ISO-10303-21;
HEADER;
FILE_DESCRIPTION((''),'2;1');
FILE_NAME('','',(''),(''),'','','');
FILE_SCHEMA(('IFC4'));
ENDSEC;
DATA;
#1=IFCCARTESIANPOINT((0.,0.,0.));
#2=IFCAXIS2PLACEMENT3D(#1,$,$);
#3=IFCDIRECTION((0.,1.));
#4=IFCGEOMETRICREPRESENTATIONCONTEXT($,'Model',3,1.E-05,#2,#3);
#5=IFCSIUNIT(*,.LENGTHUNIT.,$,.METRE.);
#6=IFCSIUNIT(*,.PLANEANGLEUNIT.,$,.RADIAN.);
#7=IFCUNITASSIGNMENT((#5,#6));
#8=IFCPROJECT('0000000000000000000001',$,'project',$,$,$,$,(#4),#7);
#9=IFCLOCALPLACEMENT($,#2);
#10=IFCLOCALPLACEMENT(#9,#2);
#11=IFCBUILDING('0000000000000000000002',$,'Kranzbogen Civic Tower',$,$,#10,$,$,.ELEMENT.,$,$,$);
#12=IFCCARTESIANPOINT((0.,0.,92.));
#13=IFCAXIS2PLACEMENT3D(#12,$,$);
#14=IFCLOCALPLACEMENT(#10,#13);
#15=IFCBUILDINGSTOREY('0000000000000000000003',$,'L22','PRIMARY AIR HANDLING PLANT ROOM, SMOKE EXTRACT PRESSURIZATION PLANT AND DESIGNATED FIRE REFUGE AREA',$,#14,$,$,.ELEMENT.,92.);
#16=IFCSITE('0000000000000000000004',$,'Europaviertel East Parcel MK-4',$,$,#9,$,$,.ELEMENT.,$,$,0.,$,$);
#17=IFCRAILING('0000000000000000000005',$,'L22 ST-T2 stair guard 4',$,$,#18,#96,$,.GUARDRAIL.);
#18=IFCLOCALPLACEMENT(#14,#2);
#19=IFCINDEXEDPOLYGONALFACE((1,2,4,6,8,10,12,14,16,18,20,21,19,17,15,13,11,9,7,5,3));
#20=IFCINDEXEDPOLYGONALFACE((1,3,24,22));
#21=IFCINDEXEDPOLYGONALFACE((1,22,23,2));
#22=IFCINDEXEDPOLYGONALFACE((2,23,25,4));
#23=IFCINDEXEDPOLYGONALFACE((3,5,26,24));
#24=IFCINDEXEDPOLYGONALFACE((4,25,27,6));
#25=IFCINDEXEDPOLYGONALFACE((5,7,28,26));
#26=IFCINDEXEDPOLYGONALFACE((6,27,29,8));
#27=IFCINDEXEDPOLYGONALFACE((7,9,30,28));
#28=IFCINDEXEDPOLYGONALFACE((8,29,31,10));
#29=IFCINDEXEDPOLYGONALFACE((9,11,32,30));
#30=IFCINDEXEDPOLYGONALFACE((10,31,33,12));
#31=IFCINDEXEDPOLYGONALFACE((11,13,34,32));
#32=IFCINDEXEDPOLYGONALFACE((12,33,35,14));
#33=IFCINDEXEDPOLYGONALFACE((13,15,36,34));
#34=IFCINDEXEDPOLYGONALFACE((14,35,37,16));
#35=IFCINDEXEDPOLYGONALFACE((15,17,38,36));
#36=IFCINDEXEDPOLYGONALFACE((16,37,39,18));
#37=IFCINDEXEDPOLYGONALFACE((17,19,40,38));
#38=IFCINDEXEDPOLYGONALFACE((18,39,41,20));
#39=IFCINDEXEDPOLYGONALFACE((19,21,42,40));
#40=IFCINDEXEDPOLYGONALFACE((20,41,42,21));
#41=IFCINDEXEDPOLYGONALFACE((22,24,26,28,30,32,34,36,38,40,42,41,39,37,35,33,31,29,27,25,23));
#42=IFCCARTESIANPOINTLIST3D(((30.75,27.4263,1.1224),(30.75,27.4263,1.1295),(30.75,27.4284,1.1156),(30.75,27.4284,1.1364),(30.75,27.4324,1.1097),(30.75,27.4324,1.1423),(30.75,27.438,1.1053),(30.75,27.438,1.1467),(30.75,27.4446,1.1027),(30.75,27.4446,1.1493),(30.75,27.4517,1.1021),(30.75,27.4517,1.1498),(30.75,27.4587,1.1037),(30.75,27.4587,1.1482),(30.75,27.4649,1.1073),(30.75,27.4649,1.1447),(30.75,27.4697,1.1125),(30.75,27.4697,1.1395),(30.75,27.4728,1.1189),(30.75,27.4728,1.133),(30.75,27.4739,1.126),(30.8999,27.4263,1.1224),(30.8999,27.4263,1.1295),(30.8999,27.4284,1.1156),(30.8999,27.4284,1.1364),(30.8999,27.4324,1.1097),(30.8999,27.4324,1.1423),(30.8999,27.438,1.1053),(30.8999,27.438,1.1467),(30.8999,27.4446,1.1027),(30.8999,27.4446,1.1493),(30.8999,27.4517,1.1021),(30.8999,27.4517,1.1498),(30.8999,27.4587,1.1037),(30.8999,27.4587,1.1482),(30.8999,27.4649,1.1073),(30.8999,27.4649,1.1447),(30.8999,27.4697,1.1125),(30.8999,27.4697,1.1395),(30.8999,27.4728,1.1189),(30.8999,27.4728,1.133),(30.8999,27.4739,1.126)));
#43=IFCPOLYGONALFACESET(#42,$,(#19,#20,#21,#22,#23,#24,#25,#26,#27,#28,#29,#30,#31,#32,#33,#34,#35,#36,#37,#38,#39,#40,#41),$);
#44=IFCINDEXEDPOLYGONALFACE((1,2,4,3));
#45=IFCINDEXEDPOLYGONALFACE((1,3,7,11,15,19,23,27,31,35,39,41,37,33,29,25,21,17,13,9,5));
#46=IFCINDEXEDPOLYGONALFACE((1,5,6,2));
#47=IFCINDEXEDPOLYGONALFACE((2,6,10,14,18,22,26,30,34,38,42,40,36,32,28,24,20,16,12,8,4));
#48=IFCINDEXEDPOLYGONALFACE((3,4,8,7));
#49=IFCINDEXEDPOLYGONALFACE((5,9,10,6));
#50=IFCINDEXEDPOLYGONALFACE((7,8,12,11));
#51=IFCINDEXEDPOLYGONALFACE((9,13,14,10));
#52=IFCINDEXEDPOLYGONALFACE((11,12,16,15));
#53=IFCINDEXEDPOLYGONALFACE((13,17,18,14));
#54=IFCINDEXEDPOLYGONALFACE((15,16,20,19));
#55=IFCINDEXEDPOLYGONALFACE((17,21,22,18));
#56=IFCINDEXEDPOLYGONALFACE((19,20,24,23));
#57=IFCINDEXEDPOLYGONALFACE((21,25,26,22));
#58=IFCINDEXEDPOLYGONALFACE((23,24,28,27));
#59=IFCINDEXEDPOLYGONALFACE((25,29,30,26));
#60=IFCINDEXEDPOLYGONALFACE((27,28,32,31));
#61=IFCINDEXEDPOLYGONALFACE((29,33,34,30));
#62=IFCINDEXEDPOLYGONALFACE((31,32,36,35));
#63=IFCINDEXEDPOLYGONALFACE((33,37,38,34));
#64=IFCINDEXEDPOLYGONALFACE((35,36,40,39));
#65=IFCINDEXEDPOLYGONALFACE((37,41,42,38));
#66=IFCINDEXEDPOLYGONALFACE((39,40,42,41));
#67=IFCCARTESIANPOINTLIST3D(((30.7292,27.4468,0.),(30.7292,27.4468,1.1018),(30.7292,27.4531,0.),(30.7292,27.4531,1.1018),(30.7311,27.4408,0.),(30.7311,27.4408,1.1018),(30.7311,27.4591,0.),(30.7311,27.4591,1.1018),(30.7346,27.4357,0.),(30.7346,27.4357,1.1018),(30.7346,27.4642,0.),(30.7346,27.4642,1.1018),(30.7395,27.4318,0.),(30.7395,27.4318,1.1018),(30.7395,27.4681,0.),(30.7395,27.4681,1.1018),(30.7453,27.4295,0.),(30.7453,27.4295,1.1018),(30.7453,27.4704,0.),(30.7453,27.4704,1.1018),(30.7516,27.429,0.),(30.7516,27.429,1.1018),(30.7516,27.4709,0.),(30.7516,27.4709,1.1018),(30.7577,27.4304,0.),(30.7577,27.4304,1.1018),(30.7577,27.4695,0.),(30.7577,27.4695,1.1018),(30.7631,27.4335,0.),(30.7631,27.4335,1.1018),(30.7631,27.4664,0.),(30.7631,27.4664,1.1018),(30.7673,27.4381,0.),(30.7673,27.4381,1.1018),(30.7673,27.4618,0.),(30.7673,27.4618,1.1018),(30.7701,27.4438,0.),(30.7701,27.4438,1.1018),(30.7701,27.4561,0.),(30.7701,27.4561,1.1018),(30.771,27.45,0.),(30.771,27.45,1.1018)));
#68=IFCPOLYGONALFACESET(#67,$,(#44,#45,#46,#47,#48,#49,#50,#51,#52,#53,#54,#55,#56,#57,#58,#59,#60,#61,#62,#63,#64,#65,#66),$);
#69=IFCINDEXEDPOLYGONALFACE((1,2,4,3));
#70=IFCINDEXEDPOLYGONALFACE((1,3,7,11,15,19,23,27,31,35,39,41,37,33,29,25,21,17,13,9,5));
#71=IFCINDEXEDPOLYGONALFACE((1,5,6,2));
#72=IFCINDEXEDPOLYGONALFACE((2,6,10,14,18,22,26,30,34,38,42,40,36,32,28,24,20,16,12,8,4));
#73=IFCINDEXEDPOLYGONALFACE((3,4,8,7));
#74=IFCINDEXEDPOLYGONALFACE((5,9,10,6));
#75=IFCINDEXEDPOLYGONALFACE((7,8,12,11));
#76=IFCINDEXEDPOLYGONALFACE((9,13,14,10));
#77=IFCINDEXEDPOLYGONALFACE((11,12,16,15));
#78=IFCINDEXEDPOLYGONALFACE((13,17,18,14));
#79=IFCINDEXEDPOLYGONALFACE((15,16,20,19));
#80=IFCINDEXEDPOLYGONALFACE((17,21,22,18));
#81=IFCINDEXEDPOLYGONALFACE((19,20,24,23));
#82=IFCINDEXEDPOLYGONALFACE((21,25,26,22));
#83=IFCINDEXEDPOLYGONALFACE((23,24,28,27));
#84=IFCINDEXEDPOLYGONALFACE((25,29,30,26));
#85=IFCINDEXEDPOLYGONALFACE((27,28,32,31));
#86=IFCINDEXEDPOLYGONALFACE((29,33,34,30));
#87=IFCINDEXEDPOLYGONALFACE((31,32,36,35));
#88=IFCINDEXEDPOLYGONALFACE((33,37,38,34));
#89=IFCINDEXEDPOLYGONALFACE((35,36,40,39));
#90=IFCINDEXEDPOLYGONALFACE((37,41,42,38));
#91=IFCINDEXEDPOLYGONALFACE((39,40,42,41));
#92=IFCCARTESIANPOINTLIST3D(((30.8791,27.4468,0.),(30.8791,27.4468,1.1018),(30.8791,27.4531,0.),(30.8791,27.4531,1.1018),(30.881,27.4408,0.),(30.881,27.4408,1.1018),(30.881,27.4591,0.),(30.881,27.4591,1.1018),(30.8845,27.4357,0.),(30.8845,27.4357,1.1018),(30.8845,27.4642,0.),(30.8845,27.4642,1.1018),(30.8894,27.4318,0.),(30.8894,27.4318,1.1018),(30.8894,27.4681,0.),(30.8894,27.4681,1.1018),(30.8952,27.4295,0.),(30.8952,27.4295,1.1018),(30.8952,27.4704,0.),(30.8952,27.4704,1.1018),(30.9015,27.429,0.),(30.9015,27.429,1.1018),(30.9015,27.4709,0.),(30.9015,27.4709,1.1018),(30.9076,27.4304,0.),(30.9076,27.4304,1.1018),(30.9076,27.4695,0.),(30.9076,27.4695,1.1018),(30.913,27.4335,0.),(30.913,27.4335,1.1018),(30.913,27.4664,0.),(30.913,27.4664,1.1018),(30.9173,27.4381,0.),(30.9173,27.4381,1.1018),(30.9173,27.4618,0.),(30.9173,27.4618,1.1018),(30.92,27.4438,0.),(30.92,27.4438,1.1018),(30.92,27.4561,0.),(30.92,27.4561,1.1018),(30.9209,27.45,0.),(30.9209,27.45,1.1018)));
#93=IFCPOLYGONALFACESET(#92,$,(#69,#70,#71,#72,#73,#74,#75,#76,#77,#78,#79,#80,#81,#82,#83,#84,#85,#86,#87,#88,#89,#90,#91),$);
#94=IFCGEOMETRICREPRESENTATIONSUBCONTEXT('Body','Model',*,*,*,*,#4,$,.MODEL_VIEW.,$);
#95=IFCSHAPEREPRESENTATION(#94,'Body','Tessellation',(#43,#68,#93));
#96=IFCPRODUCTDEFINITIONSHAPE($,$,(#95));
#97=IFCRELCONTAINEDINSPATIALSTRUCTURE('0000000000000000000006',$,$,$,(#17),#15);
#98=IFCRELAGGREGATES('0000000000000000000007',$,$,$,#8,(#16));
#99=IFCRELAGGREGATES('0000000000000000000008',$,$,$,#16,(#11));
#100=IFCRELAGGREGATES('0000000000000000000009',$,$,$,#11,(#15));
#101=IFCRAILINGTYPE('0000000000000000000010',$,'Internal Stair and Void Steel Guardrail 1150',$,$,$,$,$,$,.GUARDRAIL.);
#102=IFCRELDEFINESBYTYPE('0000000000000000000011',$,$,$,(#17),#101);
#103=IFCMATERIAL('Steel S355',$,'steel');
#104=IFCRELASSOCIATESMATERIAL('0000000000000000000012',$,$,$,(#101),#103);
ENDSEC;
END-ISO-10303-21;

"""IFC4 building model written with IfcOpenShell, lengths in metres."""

from ifc_helpers import new_model, si_unit, direction, frame, origin, origin_2d, place, context, subcontext, project, spatial, circle, extrude, material, type_object, element, save


model = new_model("IFC4")

# Units and contexts
model_context = context("Model", 3, precision=1e-05, world=origin(), true_north=direction((0.0, 1.0)))
body_context = subcontext(model_context, "Body", "Model", "MODEL_VIEW")
ifc_project = project(units=[si_unit("LENGTHUNIT", "METRE"), si_unit("PLANEANGLEUNIT", "RADIAN")], contexts=[model_context])

# Site, building, storey
site_placement = place(None, origin())
site = spatial("IfcSite", under=ifc_project, at=site_placement, Name="Europaviertel East Parcel MK-4", CompositionType="ELEMENT", RefElevation=0.0)
building_placement = place(site_placement, origin())
building = spatial("IfcBuilding", under=site, at=building_placement, Name="Kranzbogen Civic Tower", CompositionType="ELEMENT")
storey_placement = place(building_placement, frame((0.0, 0.0, 92.0)))
storey = spatial("IfcBuildingStorey", under=building, at=storey_placement, Name="L22", Description="PRIMARY AIR HANDLING PLANT ROOM, SMOKE EXTRACT PRESSURIZATION PLANT AND DESIGNATED FIRE REFUGE AREA", CompositionType="ELEMENT", Elevation=92.0)

# Shared definitions
ifc_material_1 = material(Name="Steel S355", Category="steel")

# Railing
railing_type_1 = type_object("IfcRailingType", Name="Internal Stair and Void Steel Guardrail 1150", PredefinedType="GUARDRAIL", material=ifc_material_1)
railing_1_placement = place(storey_placement, frame((30.75, 27.45, 0.0)))
element("IfcRailing", 1, at=railing_1_placement, inside=storey, type_object=railing_type_1, Name="L22 ST-T2 stair guard 4", PredefinedType="GUARDRAIL", context=body_context, shape_type="SweptSolid", body=[
    extrude(circle(Radius=0.0239, at=origin_2d()), frame((0.0, 0.0, 1.126), z_axis=(1.0, 0.0, 0.0), x_axis=(0.0, 1.0, 0.0)), (0.0, 0.0, 1.0), 0.1499),
    extrude(circle(Radius=0.021, at=origin_2d()), origin(), (0.0, 0.0, 1.0), 1.1018),
    extrude(circle(Radius=0.021, at=origin_2d()), frame((0.1499, 0.0, 0.0)), (0.0, 0.0, 1.0), 1.1018),
])

save(model, "model.ifc")
